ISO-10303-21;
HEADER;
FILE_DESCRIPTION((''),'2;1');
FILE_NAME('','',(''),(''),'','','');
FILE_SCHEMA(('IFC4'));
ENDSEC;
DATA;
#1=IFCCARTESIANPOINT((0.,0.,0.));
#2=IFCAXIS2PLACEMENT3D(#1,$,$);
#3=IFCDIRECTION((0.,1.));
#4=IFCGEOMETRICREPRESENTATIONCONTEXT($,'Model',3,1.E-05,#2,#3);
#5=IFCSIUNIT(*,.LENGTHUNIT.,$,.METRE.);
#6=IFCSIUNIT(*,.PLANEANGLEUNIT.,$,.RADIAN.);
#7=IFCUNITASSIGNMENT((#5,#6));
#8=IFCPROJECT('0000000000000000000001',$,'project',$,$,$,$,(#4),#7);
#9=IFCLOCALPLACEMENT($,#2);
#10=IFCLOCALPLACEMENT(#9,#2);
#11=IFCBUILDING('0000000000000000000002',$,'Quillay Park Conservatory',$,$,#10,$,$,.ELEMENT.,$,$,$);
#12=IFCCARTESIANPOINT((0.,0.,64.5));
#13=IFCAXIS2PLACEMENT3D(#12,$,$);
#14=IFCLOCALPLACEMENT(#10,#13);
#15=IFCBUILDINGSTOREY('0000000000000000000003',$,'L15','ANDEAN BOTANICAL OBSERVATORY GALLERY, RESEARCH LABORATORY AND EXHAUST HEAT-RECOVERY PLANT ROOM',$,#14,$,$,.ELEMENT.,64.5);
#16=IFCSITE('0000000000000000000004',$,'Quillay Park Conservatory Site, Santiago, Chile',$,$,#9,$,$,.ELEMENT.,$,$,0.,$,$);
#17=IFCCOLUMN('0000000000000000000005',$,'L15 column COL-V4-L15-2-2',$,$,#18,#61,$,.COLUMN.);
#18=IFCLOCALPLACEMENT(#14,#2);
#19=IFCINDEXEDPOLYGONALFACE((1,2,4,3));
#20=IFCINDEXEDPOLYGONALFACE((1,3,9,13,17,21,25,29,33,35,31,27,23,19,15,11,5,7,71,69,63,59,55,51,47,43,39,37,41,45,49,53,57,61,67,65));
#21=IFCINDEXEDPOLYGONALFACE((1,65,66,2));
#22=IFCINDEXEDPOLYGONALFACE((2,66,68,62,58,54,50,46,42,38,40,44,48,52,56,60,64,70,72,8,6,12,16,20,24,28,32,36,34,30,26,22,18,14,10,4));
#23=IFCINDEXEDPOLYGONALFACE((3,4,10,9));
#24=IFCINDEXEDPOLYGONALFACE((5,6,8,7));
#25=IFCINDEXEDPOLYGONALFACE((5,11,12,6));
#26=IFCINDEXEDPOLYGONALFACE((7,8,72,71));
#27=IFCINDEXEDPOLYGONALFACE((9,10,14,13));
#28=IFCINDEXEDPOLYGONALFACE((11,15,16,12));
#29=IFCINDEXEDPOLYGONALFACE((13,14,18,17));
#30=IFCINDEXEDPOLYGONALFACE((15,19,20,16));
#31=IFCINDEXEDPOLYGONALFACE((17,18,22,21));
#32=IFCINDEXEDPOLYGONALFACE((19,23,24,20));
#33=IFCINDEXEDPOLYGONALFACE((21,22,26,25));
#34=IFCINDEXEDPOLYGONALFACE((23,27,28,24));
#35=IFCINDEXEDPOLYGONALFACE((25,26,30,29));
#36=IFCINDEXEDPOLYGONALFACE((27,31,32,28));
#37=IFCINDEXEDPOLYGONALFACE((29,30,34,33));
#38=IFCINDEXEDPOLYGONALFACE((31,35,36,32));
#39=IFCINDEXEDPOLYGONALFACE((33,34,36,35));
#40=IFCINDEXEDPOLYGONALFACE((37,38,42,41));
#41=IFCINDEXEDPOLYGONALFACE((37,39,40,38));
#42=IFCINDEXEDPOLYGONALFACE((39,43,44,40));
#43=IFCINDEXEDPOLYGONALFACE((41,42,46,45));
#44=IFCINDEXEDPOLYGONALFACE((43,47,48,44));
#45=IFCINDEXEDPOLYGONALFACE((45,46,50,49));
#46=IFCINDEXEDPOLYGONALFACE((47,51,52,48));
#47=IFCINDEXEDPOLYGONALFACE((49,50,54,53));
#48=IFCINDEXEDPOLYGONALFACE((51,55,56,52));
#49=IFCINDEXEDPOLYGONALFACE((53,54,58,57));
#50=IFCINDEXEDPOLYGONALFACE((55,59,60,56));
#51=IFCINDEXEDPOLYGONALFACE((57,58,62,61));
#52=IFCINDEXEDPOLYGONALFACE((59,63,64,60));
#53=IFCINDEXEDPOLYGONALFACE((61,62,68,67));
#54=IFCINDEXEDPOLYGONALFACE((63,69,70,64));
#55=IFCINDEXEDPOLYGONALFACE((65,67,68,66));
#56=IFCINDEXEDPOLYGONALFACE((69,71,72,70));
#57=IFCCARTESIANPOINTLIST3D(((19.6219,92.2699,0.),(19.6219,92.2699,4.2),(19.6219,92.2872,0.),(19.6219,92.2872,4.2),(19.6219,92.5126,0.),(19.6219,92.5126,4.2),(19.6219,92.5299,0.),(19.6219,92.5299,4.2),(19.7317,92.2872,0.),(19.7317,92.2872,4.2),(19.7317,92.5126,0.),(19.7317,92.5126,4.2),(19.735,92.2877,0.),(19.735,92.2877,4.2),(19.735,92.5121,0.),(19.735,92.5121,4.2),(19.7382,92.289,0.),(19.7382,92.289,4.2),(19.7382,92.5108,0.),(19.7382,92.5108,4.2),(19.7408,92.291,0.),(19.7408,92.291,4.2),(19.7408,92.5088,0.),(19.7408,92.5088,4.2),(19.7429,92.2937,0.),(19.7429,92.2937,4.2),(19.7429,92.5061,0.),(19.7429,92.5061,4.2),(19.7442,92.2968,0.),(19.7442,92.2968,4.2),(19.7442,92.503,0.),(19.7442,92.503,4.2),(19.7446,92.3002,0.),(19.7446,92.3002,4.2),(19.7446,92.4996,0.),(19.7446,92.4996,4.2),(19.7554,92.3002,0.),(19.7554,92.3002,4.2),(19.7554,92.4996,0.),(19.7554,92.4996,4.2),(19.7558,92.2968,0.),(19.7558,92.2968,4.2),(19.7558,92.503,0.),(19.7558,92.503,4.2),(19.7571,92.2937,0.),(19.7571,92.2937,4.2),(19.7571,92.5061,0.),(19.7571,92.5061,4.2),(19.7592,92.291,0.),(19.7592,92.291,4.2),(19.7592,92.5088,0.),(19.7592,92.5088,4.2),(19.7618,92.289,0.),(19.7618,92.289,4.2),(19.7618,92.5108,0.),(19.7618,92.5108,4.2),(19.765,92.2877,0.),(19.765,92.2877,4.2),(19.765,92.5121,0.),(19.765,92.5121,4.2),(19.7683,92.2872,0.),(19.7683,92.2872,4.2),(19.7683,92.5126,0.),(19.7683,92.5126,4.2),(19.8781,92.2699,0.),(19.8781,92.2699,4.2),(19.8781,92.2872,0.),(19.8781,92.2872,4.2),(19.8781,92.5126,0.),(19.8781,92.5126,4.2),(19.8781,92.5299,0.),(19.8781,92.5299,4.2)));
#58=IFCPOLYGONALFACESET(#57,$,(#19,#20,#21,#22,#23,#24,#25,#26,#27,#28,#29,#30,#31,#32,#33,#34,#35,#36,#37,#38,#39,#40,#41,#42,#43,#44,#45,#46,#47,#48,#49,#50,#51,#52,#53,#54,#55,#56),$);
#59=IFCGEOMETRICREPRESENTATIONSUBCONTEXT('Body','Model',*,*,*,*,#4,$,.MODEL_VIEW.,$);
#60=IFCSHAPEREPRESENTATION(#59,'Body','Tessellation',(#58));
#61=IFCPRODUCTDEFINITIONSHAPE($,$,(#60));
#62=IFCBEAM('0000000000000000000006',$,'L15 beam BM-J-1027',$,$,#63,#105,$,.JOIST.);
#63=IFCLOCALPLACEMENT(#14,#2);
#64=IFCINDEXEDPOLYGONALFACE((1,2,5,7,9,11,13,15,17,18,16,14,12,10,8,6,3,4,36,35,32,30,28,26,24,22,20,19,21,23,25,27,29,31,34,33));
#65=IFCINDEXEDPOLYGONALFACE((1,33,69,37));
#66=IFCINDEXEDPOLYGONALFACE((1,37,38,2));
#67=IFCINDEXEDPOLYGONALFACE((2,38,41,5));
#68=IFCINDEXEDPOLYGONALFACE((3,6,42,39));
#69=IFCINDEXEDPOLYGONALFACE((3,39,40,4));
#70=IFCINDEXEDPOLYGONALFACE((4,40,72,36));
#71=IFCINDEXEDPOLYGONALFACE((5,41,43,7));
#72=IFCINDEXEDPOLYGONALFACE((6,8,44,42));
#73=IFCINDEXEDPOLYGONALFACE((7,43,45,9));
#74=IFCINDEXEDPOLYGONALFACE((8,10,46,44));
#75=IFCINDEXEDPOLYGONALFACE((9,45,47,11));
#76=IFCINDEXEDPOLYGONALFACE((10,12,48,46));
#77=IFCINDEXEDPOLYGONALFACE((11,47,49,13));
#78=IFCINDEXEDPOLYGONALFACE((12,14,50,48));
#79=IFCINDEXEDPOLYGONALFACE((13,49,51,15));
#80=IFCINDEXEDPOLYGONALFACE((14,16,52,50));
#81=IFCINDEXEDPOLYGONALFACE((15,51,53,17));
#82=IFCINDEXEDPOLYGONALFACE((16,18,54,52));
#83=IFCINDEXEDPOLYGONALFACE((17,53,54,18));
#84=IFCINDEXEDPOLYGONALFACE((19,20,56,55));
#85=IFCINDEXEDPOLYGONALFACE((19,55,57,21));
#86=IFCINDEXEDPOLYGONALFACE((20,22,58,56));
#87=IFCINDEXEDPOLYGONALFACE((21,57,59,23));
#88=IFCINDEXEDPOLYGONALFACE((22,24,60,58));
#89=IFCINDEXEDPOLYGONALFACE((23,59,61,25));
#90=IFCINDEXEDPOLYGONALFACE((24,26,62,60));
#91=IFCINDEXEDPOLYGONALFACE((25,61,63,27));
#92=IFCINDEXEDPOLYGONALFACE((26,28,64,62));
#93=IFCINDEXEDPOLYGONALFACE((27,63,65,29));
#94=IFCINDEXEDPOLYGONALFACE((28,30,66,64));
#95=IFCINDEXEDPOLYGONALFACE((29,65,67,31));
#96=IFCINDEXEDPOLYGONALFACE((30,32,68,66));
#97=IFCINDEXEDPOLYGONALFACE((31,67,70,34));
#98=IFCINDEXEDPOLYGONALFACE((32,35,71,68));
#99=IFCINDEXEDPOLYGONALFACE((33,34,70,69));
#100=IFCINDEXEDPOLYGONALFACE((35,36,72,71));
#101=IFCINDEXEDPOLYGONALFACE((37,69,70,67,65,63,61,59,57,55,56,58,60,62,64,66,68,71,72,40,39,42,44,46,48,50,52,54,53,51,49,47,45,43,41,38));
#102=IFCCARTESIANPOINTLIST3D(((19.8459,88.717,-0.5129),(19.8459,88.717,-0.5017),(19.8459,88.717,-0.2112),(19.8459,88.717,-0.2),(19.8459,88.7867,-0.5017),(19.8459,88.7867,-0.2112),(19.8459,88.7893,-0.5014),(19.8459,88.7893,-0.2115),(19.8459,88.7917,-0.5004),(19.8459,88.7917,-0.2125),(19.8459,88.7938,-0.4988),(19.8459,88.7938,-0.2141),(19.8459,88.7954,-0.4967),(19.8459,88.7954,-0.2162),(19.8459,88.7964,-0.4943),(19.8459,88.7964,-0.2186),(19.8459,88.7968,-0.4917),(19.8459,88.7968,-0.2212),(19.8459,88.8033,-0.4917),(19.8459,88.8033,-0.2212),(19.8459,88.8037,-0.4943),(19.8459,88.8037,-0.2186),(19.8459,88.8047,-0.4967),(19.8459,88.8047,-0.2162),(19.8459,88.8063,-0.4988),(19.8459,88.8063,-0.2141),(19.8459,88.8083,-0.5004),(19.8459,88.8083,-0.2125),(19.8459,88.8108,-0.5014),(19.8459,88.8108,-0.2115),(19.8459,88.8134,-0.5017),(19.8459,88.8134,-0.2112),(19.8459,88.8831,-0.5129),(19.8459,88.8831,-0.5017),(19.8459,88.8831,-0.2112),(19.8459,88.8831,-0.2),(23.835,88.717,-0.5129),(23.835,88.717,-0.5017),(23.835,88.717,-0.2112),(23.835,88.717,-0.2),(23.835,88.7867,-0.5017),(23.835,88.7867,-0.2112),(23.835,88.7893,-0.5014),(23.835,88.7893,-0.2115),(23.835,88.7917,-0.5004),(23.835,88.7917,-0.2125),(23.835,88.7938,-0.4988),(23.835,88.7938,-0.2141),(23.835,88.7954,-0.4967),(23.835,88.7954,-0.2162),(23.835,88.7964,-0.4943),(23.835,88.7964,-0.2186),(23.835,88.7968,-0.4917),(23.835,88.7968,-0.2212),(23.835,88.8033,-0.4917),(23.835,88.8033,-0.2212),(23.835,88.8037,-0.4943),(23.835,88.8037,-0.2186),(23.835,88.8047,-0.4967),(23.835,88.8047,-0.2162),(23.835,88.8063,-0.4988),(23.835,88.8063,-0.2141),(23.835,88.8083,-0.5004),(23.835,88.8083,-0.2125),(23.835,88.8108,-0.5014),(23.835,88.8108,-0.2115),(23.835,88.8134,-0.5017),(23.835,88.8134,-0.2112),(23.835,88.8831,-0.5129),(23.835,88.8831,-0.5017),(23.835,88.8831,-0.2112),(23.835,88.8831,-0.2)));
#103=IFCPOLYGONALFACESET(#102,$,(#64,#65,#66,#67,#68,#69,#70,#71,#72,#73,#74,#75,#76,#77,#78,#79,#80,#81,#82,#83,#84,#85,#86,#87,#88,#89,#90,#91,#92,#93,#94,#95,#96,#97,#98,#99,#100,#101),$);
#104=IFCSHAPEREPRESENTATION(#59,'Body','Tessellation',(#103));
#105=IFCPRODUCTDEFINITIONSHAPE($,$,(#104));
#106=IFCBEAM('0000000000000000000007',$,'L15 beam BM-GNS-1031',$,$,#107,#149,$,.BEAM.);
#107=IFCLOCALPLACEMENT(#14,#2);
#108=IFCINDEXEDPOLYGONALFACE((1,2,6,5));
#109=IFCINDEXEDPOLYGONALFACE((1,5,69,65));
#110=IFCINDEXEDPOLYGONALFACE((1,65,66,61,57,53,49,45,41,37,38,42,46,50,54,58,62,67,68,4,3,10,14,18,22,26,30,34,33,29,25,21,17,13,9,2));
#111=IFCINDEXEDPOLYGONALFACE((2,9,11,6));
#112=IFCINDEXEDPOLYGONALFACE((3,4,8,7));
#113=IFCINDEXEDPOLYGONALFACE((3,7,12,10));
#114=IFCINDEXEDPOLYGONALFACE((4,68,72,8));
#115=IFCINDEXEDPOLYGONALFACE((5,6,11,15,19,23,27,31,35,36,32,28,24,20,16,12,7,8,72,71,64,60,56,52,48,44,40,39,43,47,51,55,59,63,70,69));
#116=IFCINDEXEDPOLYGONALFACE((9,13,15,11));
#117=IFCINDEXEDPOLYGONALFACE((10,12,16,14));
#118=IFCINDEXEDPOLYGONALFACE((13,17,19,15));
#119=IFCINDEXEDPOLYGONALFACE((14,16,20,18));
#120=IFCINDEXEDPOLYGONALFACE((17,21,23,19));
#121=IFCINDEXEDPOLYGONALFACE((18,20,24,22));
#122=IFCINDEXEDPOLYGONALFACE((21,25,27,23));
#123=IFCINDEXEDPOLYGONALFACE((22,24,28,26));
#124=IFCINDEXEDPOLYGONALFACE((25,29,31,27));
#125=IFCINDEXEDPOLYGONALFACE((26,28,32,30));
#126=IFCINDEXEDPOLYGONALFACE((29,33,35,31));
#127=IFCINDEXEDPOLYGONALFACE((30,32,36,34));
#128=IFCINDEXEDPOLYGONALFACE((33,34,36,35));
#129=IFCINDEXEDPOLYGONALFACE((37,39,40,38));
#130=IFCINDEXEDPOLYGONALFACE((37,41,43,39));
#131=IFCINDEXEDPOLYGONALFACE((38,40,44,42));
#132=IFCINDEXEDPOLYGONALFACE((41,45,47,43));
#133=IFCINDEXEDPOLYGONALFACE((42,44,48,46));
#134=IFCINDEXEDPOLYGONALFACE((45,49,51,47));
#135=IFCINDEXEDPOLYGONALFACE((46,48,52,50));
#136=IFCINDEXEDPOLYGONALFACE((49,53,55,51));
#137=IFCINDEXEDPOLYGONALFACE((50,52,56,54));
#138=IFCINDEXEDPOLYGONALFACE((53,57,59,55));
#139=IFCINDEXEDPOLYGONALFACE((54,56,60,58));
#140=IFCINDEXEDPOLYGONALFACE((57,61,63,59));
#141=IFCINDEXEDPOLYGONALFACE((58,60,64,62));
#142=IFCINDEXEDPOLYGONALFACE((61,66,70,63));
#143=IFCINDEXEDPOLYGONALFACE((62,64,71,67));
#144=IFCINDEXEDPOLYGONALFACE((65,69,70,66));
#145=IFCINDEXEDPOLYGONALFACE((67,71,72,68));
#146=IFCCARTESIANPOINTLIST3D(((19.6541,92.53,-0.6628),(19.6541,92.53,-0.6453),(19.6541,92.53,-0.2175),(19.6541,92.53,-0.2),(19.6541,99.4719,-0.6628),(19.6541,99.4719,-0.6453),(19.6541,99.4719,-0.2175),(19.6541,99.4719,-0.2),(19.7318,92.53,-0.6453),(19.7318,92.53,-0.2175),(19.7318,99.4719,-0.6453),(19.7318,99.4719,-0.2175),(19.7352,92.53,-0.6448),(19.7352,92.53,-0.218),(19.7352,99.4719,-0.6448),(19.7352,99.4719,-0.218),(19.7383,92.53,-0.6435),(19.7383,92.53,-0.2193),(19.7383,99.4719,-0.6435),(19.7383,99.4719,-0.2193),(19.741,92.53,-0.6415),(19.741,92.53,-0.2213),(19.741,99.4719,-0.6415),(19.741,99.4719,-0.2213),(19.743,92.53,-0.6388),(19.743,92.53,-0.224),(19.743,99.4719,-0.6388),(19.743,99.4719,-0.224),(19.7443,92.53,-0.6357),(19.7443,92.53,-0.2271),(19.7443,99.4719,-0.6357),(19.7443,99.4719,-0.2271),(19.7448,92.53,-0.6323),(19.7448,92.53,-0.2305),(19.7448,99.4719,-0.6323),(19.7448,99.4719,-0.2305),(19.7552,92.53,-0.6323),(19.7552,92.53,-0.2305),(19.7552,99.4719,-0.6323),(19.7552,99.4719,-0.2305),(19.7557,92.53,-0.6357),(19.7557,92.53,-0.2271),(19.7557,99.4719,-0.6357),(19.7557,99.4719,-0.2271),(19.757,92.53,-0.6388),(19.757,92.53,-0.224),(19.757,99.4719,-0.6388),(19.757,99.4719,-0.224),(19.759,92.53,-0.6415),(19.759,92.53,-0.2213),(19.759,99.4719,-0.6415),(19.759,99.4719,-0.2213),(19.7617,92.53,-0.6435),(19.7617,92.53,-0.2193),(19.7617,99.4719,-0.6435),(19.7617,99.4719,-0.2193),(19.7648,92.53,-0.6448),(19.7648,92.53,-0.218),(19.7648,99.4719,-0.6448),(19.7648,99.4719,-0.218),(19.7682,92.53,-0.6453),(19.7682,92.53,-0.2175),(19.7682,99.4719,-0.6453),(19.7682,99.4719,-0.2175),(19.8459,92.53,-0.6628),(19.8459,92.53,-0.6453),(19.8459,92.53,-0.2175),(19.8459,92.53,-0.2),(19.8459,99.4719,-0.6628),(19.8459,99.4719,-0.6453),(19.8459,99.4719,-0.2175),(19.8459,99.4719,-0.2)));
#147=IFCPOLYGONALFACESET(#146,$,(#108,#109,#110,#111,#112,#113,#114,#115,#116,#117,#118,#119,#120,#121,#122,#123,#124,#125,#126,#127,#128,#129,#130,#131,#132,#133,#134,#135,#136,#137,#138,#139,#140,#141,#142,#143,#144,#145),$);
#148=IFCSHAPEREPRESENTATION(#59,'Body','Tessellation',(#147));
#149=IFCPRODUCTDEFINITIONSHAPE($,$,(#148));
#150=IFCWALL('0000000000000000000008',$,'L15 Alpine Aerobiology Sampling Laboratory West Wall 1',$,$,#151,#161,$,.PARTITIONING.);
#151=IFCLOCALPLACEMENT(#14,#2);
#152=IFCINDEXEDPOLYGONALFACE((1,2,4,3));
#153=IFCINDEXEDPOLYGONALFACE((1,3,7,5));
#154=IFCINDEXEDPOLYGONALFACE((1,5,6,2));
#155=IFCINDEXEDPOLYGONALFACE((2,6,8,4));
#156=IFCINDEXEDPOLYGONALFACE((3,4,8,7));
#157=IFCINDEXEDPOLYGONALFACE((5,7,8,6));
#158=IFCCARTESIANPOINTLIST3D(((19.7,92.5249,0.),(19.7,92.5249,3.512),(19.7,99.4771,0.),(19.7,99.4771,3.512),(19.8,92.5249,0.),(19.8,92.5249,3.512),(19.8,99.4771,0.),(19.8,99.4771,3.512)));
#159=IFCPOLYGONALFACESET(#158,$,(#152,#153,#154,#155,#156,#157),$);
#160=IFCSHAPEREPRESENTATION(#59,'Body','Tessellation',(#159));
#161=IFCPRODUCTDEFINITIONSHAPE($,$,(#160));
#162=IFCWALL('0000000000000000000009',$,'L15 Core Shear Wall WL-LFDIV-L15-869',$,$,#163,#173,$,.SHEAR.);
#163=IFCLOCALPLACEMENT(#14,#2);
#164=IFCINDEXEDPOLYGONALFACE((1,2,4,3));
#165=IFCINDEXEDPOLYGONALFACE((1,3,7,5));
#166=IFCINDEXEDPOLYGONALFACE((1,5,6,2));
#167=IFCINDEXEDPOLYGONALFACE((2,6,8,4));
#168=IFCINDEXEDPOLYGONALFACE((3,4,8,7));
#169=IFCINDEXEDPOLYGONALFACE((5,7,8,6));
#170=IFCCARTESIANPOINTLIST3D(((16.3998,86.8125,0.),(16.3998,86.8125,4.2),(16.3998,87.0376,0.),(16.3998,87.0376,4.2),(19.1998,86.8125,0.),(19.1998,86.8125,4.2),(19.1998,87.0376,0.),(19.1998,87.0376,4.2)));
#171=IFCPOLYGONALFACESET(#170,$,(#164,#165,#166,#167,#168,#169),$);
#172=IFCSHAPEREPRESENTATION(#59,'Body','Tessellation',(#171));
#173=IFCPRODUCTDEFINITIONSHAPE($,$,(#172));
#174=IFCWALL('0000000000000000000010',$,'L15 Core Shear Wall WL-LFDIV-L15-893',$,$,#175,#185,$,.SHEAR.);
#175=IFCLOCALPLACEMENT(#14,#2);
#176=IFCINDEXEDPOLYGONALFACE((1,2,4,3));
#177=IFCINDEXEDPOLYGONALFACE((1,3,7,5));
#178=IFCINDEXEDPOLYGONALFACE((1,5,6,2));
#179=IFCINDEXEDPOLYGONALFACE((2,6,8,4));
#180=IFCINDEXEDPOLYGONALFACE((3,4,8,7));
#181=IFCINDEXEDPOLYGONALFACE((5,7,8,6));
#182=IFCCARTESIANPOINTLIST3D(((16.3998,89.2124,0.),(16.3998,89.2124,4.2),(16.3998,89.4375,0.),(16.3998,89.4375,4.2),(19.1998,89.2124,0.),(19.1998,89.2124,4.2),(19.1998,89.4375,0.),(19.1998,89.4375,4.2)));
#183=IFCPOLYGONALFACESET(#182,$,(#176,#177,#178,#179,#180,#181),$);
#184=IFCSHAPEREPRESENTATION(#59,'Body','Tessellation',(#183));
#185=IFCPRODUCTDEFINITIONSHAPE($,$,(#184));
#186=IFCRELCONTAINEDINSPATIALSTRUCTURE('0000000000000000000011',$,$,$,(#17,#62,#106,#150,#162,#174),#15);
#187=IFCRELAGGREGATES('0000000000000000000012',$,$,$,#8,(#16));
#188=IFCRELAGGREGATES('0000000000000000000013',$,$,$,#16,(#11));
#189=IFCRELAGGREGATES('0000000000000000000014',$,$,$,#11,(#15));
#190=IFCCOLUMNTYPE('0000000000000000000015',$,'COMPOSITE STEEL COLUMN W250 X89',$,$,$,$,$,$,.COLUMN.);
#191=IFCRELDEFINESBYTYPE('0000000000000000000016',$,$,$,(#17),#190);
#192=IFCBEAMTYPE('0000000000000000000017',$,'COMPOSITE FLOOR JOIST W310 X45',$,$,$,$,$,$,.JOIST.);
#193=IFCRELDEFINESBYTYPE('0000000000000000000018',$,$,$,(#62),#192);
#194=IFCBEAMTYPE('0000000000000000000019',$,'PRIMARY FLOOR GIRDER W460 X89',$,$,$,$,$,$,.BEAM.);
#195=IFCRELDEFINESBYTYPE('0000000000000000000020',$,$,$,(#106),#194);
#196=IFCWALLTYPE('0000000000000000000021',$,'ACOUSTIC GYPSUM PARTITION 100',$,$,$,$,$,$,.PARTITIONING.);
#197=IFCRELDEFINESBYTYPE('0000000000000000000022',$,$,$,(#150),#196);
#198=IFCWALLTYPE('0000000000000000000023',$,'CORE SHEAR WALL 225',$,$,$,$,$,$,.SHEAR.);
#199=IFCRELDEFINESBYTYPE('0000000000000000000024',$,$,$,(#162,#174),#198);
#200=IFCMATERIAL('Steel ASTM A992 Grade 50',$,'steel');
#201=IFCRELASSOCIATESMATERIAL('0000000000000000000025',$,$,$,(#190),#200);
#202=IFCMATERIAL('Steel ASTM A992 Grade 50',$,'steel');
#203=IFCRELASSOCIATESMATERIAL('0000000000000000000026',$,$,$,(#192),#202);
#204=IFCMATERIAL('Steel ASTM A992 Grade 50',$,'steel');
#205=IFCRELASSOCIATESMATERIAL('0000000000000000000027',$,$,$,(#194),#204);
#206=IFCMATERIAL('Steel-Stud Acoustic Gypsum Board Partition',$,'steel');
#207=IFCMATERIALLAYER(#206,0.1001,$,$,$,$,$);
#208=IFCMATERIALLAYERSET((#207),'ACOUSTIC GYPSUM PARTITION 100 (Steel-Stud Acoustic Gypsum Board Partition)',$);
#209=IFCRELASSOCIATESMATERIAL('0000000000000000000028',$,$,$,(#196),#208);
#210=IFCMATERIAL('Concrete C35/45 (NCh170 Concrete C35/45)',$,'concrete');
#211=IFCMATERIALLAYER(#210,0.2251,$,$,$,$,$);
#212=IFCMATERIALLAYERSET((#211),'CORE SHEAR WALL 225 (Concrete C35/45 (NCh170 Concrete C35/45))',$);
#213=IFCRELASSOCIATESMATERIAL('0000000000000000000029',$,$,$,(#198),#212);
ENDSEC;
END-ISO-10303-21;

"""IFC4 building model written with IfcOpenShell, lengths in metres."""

from ifc_helpers import new_model, si_unit, direction, frame, frame_2d, origin, origin_2d, place, context, subcontext, project, spatial, rectangle, i_section, extrude, material, layer, layer_set, material_profile, profile_set, type_object, element, save


model = new_model("IFC4")

# Units and contexts
model_context = context("Model", 3, precision=1e-05, world=origin(), true_north=direction((0.0, 1.0)))
body_context = subcontext(model_context, "Body", "Model", "MODEL_VIEW")
ifc_project = project(units=[si_unit("LENGTHUNIT", "METRE"), si_unit("PLANEANGLEUNIT", "RADIAN")], contexts=[model_context])

# Site, building, storey
site_placement = place(None, origin())
site = spatial("IfcSite", under=ifc_project, at=site_placement, Name="Quillay Park Conservatory Site, Santiago, Chile", CompositionType="ELEMENT", RefElevation=0.0)
building_placement = place(site_placement, origin())
building = spatial("IfcBuilding", under=site, at=building_placement, Name="Quillay Park Conservatory", CompositionType="ELEMENT")
storey_placement = place(building_placement, frame((0.0, 0.0, 64.5)))
storey = spatial("IfcBuildingStorey", under=building, at=storey_placement, Name="L15", Description="ANDEAN BOTANICAL OBSERVATORY GALLERY, RESEARCH LABORATORY AND EXHAUST HEAT-RECOVERY PLANT ROOM", CompositionType="ELEMENT", Elevation=64.5)

# Column
ifc_material_1 = material(Name="Steel ASTM A992 Grade 50", Category="steel")
ifc_material_profile_1 = material_profile(ifc_material_1, i_section(OverallWidth=0.2561, OverallDepth=0.26, WebThickness=0.0107, FlangeThickness=0.0173, FilletRadius=0.0129, at=origin_2d()), Name="W250x89")
ifc_profile_set_1 = profile_set([ifc_material_profile_1], Name="Steel ASTM A992 Grade 50")
column_type = type_object("IfcColumnType", Name="COMPOSITE STEEL COLUMN W250 X89", PredefinedType="COLUMN", material=ifc_profile_set_1)
column_placement = place(storey_placement, frame((19.75, 92.3999, 0.0), z_axis=(0.0, 0.0, 1.0), x_axis=(1.0, 0.0, 0.0)))
element("IfcColumn", 1, at=column_placement, inside=storey, type_object=column_type, Name="L15 column COL-V4-L15-2-2", PredefinedType="COLUMN", context=body_context, shape_type="SweptSolid", body=[
    extrude(i_section(OverallWidth=0.2561, OverallDepth=0.26, WebThickness=0.0107, FlangeThickness=0.0173, FilletRadius=0.0129, at=origin_2d()), origin(), (0.0, 0.0, 1.0), 4.2),
])

# Beams
ifc_material_2 = material(Name="Steel ASTM A992 Grade 50", Category="steel")
ifc_material_profile_2 = material_profile(ifc_material_2, i_section(OverallWidth=0.166, OverallDepth=0.313, WebThickness=0.0066, FlangeThickness=0.0112, FilletRadius=0.01, at=origin_2d()), Name="W310x45")
ifc_profile_set_2 = profile_set([ifc_material_profile_2], Name="Steel ASTM A992 Grade 50")
beam_type_1 = type_object("IfcBeamType", Name="COMPOSITE FLOOR JOIST W310 X45", PredefinedType="JOIST", material=ifc_profile_set_2)
beam_1_placement = place(storey_placement, frame((19.8459, 88.8, -0.3564), z_axis=(1.0, 0.0, 0.0), x_axis=(0.0, 1.0, 0.0)))
element("IfcBeam", 2, at=beam_1_placement, inside=storey, type_object=beam_type_1, Name="L15 beam BM-J-1027", PredefinedType="JOIST", context=body_context, shape_type="SweptSolid", body=[
    extrude(i_section(OverallWidth=0.166, OverallDepth=0.313, WebThickness=0.0066, FlangeThickness=0.0112, FilletRadius=0.01, at=origin_2d()), origin(), (0.0, 0.0, 1.0), 3.989),
])
ifc_material_3 = material(Name="Steel ASTM A992 Grade 50", Category="steel")
ifc_material_profile_3 = material_profile(ifc_material_3, i_section(OverallWidth=0.1919, OverallDepth=0.4629, WebThickness=0.0105, FlangeThickness=0.0176, FilletRadius=0.0129, at=origin_2d()), Name="W460x89")
ifc_profile_set_3 = profile_set([ifc_material_profile_3], Name="Steel ASTM A992 Grade 50")
beam_type_2 = type_object("IfcBeamType", Name="PRIMARY FLOOR GIRDER W460 X89", PredefinedType="BEAM", material=ifc_profile_set_3)
beam_2_placement = place(storey_placement, frame((19.75, 92.53, -0.4314), z_axis=(0.0, 1.0, 0.0), x_axis=(-1.0, 0.0, 0.0)))
element("IfcBeam", 3, at=beam_2_placement, inside=storey, type_object=beam_type_2, Name="L15 beam BM-GNS-1031", PredefinedType="BEAM", context=body_context, shape_type="SweptSolid", body=[
    extrude(i_section(OverallWidth=0.1919, OverallDepth=0.4629, WebThickness=0.0105, FlangeThickness=0.0176, FilletRadius=0.0129, at=origin_2d()), origin(), (0.0, 0.0, 1.0), 6.9419),
])

# Walls
ifc_material_4 = material(Name="Steel-Stud Acoustic Gypsum Board Partition", Category="steel")
ifc_layer_1 = layer(ifc_material_4, 0.1001)
ifc_layer_set_1 = layer_set([ifc_layer_1], Name="ACOUSTIC GYPSUM PARTITION 100 (Steel-Stud Acoustic Gypsum Board Partition)")
wall_type_1 = type_object("IfcWallType", Name="ACOUSTIC GYPSUM PARTITION 100", PredefinedType="PARTITIONING", material=ifc_layer_set_1)
wall_1_placement = place(storey_placement, frame((19.75, 92.5249, 0.0), z_axis=(0.0, 0.0, 1.0), x_axis=(0.0, 1.0, 0.0)))
element("IfcWall", 4, at=wall_1_placement, inside=storey, type_object=wall_type_1, Name="L15 Alpine Aerobiology Sampling Laboratory West Wall 1", PredefinedType="PARTITIONING", context=body_context, shape_type="SweptSolid", body=[
    extrude(rectangle(XDim=6.9521, YDim=0.1001, at=frame_2d((3.4761, 0.0))), origin(), (0.0, 0.0, 1.0), 3.512),
])
ifc_material_5 = material(Name="Concrete C35/45 (NCh170 Concrete C35/45)", Category="concrete")
ifc_layer_2 = layer(ifc_material_5, 0.2251)
ifc_layer_set_2 = layer_set([ifc_layer_2], Name="CORE SHEAR WALL 225 (Concrete C35/45 (NCh170 Concrete C35/45))")
wall_type_2 = type_object("IfcWallType", Name="CORE SHEAR WALL 225", PredefinedType="SHEAR", material=ifc_layer_set_2)
for number, where, z_axis, x_axis, name in (
    (5, (16.3999, 86.925, 0.0), (0.0, 0.0, 1.0), (1.0, 0.0, 0.0), "L15 Core Shear Wall WL-LFDIV-L15-869"),
    (6, (16.3999, 89.325, 0.0), (0.0, 0.0, 1.0), (1.0, 0.0, 0.0), "L15 Core Shear Wall WL-LFDIV-L15-893"),
):
    element("IfcWall", number, at=place(storey_placement, frame(where, z_axis=z_axis, x_axis=x_axis)), inside=storey, type_object=wall_type_2, Name=name, PredefinedType="SHEAR", context=body_context, shape_type="SweptSolid", body=[
        extrude(rectangle(XDim=2.8, YDim=0.2251, at=frame_2d((1.3999, 0.0))), origin(), (0.0, 0.0, 1.0), 4.2),
    ])

save(model, "model.ifc")
